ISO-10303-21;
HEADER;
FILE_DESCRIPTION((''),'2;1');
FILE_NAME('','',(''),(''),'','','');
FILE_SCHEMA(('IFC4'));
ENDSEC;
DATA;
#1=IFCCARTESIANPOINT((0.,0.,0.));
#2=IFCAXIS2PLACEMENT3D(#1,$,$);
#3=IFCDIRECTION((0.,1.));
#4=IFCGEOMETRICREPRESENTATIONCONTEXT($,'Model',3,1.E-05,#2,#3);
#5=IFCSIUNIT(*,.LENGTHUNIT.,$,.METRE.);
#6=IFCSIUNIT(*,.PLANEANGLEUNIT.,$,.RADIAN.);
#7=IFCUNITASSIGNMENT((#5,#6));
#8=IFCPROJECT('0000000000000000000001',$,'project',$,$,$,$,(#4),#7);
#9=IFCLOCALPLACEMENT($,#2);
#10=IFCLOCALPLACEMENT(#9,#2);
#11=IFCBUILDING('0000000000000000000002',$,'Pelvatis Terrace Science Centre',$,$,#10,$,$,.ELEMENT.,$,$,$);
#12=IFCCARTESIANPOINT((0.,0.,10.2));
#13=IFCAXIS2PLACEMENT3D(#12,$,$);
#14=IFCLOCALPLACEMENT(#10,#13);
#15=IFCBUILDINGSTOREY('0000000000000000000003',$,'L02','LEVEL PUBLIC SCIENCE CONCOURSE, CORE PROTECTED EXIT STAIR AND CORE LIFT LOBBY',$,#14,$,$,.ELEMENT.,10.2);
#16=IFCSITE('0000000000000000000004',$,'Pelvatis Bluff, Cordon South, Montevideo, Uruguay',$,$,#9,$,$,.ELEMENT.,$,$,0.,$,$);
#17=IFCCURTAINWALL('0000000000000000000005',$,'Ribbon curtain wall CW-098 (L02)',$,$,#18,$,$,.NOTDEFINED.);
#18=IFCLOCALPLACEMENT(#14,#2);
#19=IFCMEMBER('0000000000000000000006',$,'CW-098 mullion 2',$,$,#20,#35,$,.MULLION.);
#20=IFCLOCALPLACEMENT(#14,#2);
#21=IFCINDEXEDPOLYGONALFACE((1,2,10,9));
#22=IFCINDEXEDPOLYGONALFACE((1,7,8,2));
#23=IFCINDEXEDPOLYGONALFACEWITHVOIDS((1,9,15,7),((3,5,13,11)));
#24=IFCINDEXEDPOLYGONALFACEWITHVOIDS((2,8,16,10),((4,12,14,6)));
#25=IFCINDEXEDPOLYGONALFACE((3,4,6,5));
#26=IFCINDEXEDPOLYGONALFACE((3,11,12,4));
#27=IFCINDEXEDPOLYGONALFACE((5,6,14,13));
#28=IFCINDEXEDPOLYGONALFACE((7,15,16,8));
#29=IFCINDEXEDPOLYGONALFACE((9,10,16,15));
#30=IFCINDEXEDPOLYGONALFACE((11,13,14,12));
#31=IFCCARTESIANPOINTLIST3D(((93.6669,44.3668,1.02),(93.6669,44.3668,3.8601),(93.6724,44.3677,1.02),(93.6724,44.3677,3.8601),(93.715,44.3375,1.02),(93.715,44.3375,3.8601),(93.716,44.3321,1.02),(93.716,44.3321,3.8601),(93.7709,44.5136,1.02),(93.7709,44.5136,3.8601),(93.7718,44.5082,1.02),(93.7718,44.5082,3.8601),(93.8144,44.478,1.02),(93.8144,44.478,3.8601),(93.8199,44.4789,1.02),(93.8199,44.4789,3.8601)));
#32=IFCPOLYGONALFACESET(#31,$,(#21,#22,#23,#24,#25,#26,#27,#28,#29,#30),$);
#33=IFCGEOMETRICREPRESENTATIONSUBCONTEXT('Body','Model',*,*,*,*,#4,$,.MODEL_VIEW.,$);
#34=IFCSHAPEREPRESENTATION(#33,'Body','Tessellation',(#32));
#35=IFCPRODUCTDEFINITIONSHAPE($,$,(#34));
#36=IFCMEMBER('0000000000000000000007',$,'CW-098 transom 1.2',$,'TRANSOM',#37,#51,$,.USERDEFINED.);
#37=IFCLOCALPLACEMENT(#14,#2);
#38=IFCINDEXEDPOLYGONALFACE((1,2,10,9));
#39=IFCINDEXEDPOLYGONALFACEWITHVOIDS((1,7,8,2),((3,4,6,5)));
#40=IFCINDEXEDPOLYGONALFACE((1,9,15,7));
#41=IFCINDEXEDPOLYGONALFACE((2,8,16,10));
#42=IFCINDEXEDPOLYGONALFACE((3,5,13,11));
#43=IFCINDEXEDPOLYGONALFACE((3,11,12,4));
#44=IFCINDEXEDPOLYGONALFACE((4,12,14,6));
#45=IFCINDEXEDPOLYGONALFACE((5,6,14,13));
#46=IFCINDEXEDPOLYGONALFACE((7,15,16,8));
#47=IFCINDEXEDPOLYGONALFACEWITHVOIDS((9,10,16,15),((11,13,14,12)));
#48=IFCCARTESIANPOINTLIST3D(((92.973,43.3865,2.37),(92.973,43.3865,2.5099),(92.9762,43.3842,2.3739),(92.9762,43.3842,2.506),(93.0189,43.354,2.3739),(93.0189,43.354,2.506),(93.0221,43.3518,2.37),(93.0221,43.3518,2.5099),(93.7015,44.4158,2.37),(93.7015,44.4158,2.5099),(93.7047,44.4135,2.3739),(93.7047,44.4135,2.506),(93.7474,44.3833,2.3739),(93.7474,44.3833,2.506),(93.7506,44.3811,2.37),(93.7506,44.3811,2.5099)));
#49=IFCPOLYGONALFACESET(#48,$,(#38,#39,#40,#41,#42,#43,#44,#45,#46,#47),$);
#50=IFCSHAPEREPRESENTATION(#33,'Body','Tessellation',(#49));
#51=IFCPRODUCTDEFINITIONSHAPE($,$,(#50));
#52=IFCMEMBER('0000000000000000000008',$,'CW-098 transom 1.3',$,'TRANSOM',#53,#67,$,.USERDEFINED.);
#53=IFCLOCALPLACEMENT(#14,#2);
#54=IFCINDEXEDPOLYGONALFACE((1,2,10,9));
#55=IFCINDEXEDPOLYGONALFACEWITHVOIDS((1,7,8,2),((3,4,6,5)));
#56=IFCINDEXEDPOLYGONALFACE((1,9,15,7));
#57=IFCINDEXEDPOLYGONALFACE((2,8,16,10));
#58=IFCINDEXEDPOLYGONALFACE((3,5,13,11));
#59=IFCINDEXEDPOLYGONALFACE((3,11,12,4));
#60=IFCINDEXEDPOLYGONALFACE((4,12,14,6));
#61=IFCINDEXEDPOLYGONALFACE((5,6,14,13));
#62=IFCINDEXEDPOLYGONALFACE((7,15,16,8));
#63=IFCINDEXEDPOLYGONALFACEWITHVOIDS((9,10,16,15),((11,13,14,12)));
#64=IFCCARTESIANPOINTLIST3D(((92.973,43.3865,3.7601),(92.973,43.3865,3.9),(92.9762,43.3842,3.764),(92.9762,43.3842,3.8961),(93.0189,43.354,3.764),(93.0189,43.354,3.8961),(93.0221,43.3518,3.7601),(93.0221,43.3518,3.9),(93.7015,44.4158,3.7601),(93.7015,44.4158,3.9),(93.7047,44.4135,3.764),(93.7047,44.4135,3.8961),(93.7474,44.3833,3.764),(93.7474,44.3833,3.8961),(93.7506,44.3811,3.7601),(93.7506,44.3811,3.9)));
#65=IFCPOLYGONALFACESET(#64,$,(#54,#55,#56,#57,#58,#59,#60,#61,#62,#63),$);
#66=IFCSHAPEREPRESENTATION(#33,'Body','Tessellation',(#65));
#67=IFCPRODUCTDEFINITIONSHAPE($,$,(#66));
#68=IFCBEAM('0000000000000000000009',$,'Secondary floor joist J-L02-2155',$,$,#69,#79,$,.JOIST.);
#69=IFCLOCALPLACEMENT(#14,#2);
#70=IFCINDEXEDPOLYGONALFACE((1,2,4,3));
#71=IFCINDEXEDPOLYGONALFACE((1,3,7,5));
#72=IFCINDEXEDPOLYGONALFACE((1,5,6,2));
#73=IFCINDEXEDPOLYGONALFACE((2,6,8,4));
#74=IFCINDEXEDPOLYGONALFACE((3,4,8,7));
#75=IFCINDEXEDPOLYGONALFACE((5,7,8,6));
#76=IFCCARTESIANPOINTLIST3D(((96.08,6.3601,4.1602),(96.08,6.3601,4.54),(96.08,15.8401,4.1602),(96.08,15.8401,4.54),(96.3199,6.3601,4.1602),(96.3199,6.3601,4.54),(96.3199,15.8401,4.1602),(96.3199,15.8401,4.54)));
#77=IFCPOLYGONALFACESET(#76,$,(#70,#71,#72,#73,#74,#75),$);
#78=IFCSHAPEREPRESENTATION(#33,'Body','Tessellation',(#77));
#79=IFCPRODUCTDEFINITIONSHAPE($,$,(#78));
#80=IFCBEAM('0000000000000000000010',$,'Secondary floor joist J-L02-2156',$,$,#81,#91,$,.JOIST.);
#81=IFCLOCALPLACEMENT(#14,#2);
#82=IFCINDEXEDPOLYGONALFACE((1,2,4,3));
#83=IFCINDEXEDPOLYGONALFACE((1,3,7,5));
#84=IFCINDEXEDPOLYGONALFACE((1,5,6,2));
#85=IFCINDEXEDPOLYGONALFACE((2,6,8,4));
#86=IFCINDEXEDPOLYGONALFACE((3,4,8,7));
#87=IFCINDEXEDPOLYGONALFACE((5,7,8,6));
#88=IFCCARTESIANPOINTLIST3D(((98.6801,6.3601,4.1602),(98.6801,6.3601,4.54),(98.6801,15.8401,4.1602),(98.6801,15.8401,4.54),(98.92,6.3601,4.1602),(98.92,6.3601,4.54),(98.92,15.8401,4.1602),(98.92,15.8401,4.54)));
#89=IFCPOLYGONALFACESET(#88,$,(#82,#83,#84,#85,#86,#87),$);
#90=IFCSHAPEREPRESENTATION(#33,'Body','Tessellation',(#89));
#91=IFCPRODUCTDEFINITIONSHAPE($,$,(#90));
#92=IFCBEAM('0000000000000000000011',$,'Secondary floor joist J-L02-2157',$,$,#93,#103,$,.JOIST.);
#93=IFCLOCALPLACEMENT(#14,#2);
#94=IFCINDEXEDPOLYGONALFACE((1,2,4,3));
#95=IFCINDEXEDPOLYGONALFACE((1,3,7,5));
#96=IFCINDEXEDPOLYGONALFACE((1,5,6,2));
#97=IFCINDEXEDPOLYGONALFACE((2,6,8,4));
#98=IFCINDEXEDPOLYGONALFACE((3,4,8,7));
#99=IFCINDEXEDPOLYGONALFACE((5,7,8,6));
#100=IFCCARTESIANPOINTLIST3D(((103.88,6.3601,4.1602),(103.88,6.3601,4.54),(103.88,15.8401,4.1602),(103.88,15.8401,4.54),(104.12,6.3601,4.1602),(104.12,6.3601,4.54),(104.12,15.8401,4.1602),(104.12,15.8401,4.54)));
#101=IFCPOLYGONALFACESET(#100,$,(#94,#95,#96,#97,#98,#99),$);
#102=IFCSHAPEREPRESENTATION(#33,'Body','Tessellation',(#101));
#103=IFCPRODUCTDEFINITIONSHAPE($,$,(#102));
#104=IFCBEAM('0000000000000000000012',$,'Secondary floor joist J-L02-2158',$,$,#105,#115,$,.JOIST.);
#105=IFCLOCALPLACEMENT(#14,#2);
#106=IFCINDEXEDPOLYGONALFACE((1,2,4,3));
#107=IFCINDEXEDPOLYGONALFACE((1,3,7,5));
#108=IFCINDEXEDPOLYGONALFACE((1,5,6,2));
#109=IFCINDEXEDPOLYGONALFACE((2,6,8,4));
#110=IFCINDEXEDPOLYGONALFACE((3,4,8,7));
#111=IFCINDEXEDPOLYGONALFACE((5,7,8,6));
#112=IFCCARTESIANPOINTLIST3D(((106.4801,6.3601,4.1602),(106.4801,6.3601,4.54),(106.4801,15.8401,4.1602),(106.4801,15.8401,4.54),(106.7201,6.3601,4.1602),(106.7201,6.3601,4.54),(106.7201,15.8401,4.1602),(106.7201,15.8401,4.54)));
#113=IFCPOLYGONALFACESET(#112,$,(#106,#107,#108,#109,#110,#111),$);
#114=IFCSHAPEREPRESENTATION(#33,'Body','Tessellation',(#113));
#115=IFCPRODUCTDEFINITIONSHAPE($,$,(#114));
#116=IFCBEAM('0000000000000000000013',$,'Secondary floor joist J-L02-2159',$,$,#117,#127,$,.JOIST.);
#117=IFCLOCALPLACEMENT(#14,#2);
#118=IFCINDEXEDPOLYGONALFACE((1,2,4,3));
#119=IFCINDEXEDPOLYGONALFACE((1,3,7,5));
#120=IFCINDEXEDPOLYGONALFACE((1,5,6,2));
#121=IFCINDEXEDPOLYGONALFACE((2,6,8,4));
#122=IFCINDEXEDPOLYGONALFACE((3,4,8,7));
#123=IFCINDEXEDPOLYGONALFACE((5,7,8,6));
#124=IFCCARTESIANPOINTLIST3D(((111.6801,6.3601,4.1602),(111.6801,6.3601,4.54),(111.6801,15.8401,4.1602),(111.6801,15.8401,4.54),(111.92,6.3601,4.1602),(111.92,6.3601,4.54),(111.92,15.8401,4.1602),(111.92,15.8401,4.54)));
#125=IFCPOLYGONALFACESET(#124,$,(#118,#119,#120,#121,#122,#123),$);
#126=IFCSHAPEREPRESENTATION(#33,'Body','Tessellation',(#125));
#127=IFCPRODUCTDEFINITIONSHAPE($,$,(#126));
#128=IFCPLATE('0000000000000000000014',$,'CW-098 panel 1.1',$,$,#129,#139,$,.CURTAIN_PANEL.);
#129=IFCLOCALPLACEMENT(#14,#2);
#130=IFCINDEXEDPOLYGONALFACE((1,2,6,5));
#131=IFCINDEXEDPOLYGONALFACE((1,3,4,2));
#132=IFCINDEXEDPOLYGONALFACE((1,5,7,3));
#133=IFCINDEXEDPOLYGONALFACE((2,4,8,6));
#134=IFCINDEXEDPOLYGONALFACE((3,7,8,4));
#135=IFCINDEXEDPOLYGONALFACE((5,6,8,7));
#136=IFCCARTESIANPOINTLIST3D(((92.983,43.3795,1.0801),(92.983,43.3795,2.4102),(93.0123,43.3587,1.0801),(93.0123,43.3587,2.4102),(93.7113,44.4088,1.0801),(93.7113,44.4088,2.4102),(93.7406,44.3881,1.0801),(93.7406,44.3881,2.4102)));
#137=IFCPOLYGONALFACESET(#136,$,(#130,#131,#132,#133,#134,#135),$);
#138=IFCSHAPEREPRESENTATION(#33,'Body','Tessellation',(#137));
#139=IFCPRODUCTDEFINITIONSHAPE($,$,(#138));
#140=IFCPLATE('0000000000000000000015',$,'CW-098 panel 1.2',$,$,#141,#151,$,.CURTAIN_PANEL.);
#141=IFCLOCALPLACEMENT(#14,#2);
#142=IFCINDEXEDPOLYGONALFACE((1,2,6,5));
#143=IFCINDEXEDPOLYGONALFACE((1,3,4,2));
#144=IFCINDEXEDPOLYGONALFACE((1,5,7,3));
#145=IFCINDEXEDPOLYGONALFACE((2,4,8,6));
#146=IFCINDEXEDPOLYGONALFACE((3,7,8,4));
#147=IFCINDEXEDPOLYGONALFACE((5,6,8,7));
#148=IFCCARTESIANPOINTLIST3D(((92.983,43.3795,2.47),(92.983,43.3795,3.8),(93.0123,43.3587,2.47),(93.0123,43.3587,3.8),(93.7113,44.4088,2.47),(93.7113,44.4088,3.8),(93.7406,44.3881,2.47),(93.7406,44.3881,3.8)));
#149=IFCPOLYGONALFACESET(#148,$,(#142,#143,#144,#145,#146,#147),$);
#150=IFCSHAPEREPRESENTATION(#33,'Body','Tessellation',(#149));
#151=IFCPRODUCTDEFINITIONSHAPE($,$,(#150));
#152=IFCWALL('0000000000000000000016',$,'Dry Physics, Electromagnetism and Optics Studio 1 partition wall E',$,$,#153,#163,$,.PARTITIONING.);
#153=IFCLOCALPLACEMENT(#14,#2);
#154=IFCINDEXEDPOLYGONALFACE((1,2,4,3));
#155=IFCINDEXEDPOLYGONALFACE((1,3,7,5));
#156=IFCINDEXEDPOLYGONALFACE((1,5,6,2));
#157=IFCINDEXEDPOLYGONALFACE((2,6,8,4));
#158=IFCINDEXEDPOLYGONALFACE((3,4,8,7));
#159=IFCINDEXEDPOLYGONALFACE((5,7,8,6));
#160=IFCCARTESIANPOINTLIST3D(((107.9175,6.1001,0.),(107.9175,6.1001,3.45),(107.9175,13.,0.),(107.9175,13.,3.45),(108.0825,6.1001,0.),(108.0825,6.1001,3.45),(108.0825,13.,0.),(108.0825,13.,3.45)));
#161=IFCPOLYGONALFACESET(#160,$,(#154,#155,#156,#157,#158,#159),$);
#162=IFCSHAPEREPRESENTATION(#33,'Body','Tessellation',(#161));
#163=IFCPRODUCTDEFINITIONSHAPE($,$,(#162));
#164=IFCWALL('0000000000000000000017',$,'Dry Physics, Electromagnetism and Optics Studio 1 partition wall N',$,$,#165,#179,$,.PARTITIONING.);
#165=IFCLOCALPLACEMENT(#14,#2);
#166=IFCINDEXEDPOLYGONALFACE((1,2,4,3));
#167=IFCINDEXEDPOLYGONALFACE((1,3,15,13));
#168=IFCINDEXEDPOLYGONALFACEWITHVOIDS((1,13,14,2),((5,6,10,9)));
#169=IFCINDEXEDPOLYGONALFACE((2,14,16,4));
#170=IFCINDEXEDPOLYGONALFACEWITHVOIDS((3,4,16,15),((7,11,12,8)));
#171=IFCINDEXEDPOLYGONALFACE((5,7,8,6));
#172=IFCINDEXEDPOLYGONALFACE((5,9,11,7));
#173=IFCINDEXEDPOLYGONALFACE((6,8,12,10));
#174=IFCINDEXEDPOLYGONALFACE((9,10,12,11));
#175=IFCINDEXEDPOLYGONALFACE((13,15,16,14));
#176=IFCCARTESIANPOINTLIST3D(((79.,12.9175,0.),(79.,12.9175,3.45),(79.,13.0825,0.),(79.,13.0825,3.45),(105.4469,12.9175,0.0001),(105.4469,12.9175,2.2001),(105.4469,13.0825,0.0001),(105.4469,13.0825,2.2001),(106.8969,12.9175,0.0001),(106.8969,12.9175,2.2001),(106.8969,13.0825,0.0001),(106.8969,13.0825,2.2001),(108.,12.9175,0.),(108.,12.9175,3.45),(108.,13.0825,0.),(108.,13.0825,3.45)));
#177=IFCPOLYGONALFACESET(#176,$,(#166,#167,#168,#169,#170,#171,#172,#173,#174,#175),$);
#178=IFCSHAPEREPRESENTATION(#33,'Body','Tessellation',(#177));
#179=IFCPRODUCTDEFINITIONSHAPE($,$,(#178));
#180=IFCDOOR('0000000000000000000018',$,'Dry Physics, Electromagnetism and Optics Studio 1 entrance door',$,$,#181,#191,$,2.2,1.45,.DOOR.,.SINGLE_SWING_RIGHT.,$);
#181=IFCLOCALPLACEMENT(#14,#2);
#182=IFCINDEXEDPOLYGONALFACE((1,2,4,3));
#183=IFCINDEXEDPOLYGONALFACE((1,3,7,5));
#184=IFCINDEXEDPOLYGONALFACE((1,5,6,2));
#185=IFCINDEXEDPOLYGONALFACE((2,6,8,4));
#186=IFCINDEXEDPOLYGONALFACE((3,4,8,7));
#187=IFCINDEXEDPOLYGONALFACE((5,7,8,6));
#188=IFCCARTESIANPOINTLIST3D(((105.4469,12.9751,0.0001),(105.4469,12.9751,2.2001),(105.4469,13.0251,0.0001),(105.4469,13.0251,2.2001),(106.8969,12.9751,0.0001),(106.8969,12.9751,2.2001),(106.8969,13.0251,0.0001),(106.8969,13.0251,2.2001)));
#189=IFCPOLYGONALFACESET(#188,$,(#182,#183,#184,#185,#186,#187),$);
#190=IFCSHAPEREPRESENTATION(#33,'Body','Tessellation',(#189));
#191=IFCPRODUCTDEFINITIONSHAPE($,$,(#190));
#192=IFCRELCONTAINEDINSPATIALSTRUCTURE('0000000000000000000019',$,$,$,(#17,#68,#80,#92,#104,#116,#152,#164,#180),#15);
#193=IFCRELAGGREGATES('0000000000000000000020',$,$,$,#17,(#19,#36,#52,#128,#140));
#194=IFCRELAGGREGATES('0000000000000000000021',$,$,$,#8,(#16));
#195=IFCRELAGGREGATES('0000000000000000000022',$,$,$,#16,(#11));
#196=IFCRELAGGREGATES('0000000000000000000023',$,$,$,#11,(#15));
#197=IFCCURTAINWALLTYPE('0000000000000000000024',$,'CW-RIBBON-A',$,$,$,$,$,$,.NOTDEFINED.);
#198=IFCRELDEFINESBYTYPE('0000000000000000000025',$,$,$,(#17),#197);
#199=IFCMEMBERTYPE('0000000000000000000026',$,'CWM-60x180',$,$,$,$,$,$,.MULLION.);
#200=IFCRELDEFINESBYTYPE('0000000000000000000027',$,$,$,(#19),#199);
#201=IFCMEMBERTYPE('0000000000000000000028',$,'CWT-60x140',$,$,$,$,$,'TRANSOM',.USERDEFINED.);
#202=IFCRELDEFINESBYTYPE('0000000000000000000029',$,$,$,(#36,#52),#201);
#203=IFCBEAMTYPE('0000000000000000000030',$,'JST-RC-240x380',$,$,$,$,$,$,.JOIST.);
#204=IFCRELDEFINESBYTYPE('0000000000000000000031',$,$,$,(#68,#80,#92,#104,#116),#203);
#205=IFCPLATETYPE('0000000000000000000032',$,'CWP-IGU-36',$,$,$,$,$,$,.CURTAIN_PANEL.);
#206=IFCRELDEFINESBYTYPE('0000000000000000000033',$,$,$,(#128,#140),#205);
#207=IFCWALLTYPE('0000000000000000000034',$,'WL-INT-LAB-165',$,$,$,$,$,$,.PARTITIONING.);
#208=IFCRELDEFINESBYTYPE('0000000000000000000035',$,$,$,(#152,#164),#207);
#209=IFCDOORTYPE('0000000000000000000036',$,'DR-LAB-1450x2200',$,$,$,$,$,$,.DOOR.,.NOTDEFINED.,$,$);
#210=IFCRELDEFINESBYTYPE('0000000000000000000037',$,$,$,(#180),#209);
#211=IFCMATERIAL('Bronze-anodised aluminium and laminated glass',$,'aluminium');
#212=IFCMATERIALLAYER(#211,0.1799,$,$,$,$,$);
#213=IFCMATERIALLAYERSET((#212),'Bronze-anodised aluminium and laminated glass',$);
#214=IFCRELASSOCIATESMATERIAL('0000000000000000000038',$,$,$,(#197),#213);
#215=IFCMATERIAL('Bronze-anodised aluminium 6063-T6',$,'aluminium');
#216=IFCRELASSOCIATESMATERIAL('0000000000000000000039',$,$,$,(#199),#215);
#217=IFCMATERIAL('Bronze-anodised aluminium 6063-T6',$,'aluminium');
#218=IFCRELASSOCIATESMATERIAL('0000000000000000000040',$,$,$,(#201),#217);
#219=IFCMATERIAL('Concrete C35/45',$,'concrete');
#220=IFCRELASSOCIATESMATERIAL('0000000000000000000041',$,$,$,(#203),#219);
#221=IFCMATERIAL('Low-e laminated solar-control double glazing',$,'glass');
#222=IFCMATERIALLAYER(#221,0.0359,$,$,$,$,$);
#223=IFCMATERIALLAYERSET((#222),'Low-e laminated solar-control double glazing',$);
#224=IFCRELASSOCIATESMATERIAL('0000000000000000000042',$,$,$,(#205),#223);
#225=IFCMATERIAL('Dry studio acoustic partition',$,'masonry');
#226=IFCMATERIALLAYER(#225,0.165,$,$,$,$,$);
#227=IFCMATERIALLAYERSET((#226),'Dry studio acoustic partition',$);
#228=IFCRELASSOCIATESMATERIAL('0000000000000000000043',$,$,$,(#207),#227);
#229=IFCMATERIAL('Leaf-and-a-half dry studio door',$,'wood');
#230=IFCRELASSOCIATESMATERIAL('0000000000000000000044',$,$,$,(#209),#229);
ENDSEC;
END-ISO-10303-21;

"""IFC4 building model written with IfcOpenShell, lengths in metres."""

from ifc_helpers import new_model, si_unit, direction, frame, frame_2d, origin, origin_2d, place, context, subcontext, project, spatial, rectangle, hollow_rectangle, extrude, material, layer, layer_set, material_profile, profile_set, type_object, element, fill, aggregate, save


model = new_model("IFC4")

# Units and contexts
model_context = context("Model", 3, precision=1e-05, world=origin(), true_north=direction((0.0, 1.0)))
body_context = subcontext(model_context, "Body", "Model", "MODEL_VIEW")
ifc_project = project(units=[si_unit("LENGTHUNIT", "METRE"), si_unit("PLANEANGLEUNIT", "RADIAN")], contexts=[model_context])

# Site, building, storey
site_placement = place(None, origin())
site = spatial("IfcSite", under=ifc_project, at=site_placement, Name="Pelvatis Bluff, Cordon South, Montevideo, Uruguay", CompositionType="ELEMENT", RefElevation=0.0)
building_placement = place(site_placement, origin())
building = spatial("IfcBuilding", under=site, at=building_placement, Name="Pelvatis Terrace Science Centre", CompositionType="ELEMENT")
storey_placement = place(building_placement, frame((0.0, 0.0, 10.2)))
storey = spatial("IfcBuildingStorey", under=building, at=storey_placement, Name="L02", Description="LEVEL PUBLIC SCIENCE CONCOURSE, CORE PROTECTED EXIT STAIR AND CORE LIFT LOBBY", CompositionType="ELEMENT", Elevation=10.2)

# Curtain wall, members
ifc_material_1 = material(Name="Bronze-anodised aluminium and laminated glass", Category="aluminium")
ifc_layer_1 = layer(ifc_material_1, 0.1799)
ifc_layer_set_1 = layer_set([ifc_layer_1], Name="Bronze-anodised aluminium and laminated glass")
curtain_wall_type = type_object("IfcCurtainWallType", Name="CW-RIBBON-A", PredefinedType="NOTDEFINED", material=ifc_layer_set_1)
curtain_wall_placement = place(storey_placement, origin())
curtain_wall = element("IfcCurtainWall", 1, at=curtain_wall_placement, inside=storey, type_object=curtain_wall_type, Name="Ribbon curtain wall CW-098 (L02)", PredefinedType="NOTDEFINED")
ifc_material_2 = material(Name="Bronze-anodised aluminium 6063-T6", Category="aluminium")
ifc_material_profile_1 = material_profile(ifc_material_2, hollow_rectangle(XDim=0.0601, YDim=0.1799, WallThickness=0.0039, at=origin_2d()), Name="ALU-MUL 60x180")
ifc_profile_set_1 = profile_set([ifc_material_profile_1], Name="Bronze-anodised aluminium 6063-T6")
member_type_1 = type_object("IfcMemberType", Name="CWM-60x180", PredefinedType="MULLION", material=ifc_profile_set_1)
member_1_placement = place(storey_placement, frame((93.7434, 44.4229, 1.02), z_axis=(0.0, 0.0, 1.0), x_axis=(-0.816326, 0.577591, 0.0)))
member_1 = element("IfcMember", 2, at=member_1_placement, type_object=member_type_1, Name="CW-098 mullion 2", PredefinedType="MULLION", context=body_context, shape_type="SweptSolid", body=[
    extrude(hollow_rectangle(XDim=0.0601, YDim=0.1799, WallThickness=0.0039, at=origin_2d()), origin(), (0.0, 0.0, 1.0), 2.8401),
])
ifc_material_3 = material(Name="Bronze-anodised aluminium 6063-T6", Category="aluminium")
ifc_material_profile_2 = material_profile(ifc_material_3, hollow_rectangle(XDim=0.0601, YDim=0.1399, WallThickness=0.0039, at=origin_2d()), Name="ALU-TRN 60x140")
ifc_profile_set_2 = profile_set([ifc_material_profile_2], Name="Bronze-anodised aluminium 6063-T6")
member_type_2 = type_object("IfcMemberType", Name="CWT-60x140", ElementType="TRANSOM", PredefinedType="USERDEFINED", material=ifc_profile_set_2)
member_2_placement = place(storey_placement, frame((92.9976, 43.3691, 2.4399), z_axis=(0.577716, 0.816238, 0.0), x_axis=(-0.816238, 0.577716, 0.0)))
member_2 = element("IfcMember", 3, at=member_2_placement, type_object=member_type_2, Name="CW-098 transom 1.2", ObjectType="TRANSOM", PredefinedType="USERDEFINED", context=body_context, shape_type="SweptSolid", body=[
    extrude(hollow_rectangle(XDim=0.0601, YDim=0.1399, WallThickness=0.0039, at=origin_2d()), origin(), (0.0, 0.0, 1.0), 1.261),
])
member_3_placement = place(storey_placement, frame((92.9976, 43.3691, 3.8301), z_axis=(0.577716, 0.816238, 0.0), x_axis=(-0.816238, 0.577716, 0.0)))
member_3 = element("IfcMember", 4, at=member_3_placement, type_object=member_type_2, Name="CW-098 transom 1.3", ObjectType="TRANSOM", PredefinedType="USERDEFINED", context=body_context, shape_type="SweptSolid", body=[
    extrude(hollow_rectangle(XDim=0.0601, YDim=0.1399, WallThickness=0.0039, at=origin_2d()), origin(), (0.0, 0.0, 1.0), 1.261),
])

# Beams
ifc_material_4 = material(Name="Concrete C35/45", Category="concrete")
ifc_material_profile_3 = material_profile(ifc_material_4, rectangle(XDim=0.24, YDim=0.3799, at=origin_2d()), Name="RC-JST 240x380")
ifc_profile_set_3 = profile_set([ifc_material_profile_3], Name="Concrete C35/45")
beam_type_1 = type_object("IfcBeamType", Name="JST-RC-240x380", PredefinedType="JOIST", material=ifc_profile_set_3)
for number, where, z_axis, x_axis, name in (
    (5, (96.2, 6.3601, 4.3501), (0.0, 1.0, 0.0), (-1.0, 0.0, 0.0), "Secondary floor joist J-L02-2155"),
    (6, (98.8, 6.3601, 4.3501), (0.0, 1.0, 0.0), (-1.0, 0.0, 0.0), "Secondary floor joist J-L02-2156"),
    (7, (104.0, 6.3601, 4.3501), (0.0, 1.0, 0.0), (-1.0, 0.0, 0.0), "Secondary floor joist J-L02-2157"),
    (8, (106.6001, 6.3601, 4.3501), (0.0, 1.0, 0.0), (-1.0, 0.0, 0.0), "Secondary floor joist J-L02-2158"),
    (9, (111.8, 6.3601, 4.3501), (0.0, 1.0, 0.0), (-1.0, 0.0, 0.0), "Secondary floor joist J-L02-2159"),
):
    element("IfcBeam", number, at=place(storey_placement, frame(where, z_axis=z_axis, x_axis=x_axis)), inside=storey, type_object=beam_type_1, Name=name, PredefinedType="JOIST", context=body_context, shape_type="SweptSolid", body=[
        extrude(rectangle(XDim=0.24, YDim=0.3799, at=origin_2d()), origin(), (0.0, 0.0, 1.0), 9.48),
    ])

# Plates
ifc_material_5 = material(Name="Low-e laminated solar-control double glazing", Category="glass")
ifc_layer_2 = layer(ifc_material_5, 0.0359)
ifc_layer_set_2 = layer_set([ifc_layer_2], Name="Low-e laminated solar-control double glazing")
plate_type = type_object("IfcPlateType", Name="CWP-IGU-36", PredefinedType="CURTAIN_PANEL", material=ifc_layer_set_2)
plate_1_placement = place(storey_placement, frame((93.3618, 43.8838, 1.0801), z_axis=(0.0, 0.0, 1.0), x_axis=(0.577591, 0.816326, 0.0)))
plate_1 = element("IfcPlate", 10, at=plate_1_placement, type_object=plate_type, Name="CW-098 panel 1.1", PredefinedType="CURTAIN_PANEL", context=body_context, shape_type="SweptSolid", body=[
    extrude(rectangle(XDim=1.261, YDim=0.0359, at=origin_2d()), origin(), (0.0, 0.0, 1.0), 1.3301),
])
plate_2_placement = place(storey_placement, frame((93.3618, 43.8838, 2.47), z_axis=(0.0, 0.0, 1.0), x_axis=(0.577591, 0.816326, 0.0)))
plate_2 = element("IfcPlate", 11, at=plate_2_placement, type_object=plate_type, Name="CW-098 panel 1.2", PredefinedType="CURTAIN_PANEL", context=body_context, shape_type="SweptSolid", body=[
    extrude(rectangle(XDim=1.261, YDim=0.0359, at=origin_2d()), origin(), (0.0, 0.0, 1.0), 1.3301),
])
aggregate(curtain_wall, [member_1, member_2, member_3, plate_1, plate_2])

# Wall
ifc_material_6 = material(Name="Dry studio acoustic partition", Category="masonry")
ifc_layer_3 = layer(ifc_material_6, 0.165)
ifc_layer_set_3 = layer_set([ifc_layer_3], Name="Dry studio acoustic partition")
wall_type_1 = type_object("IfcWallType", Name="WL-INT-LAB-165", PredefinedType="PARTITIONING", material=ifc_layer_set_3)
wall_1_placement = place(storey_placement, frame((108.0, 6.1001, 0.0), z_axis=(0.0, 0.0, 1.0), x_axis=(0.0, 1.0, 0.0)))
element("IfcWall", 12, at=wall_1_placement, inside=storey, type_object=wall_type_1, Name="Dry Physics, Electromagnetism and Optics Studio 1 partition wall E", PredefinedType="PARTITIONING", context=body_context, shape_type="SweptSolid", body=[
    extrude(rectangle(XDim=6.8999, YDim=0.165, at=frame_2d((3.45, 0.0))), origin(), (0.0, 0.0, 1.0), 3.45),
])

# Wall, opening, door
wall_2_placement = place(storey_placement, frame((108.0, 13.0, 0.0), z_axis=(0.0, 0.0, 1.0), x_axis=(-1.0, 0.0, 0.0)))
wall_2 = element("IfcWall", 13, at=wall_2_placement, inside=storey, type_object=wall_type_1, Name="Dry Physics, Electromagnetism and Optics Studio 1 partition wall N", PredefinedType="PARTITIONING", context=body_context, shape_type="SweptSolid", body=[
    extrude(rectangle(XDim=29.0, YDim=0.165, at=frame_2d((14.5, 0.0))), origin(), (0.0, 0.0, 1.0), 3.45),
])
opening_placement = place(wall_2_placement, frame((1.103, 0.0, 0.0)))
opening = element("IfcOpeningElement", 14, at=opening_placement, cuts=wall_2, PredefinedType="OPENING", context=body_context, shape_type="SweptSolid", body=[
    extrude(rectangle(XDim=1.45, YDim=2.2, at=frame_2d((0.7251, 1.1001))), frame((0.0, 0.0925, 0.0), z_axis=(0.0, -1.0, 0.0), x_axis=(1.0, 0.0, 0.0)), (0.0, 0.0, 1.0), 0.1851),
])
ifc_material_7 = material(Name="Leaf-and-a-half dry studio door", Category="wood")
door_type = type_object("IfcDoorType", Name="DR-LAB-1450x2200", OperationType="NOTDEFINED", PredefinedType="DOOR", material=ifc_material_7)
door_placement = place(opening_placement, origin())
door = element("IfcDoor", 15, at=door_placement, inside=storey, type_object=door_type, Name="Dry Physics, Electromagnetism and Optics Studio 1 entrance door", OperationType="SINGLE_SWING_RIGHT", OverallHeight=2.2, OverallWidth=1.45, PredefinedType="DOOR", context=body_context, shape_type="SweptSolid", body=[
    extrude(rectangle(XDim=1.45, YDim=2.2, at=frame_2d((0.7251, 1.1001))), frame((0.0, 0.0249, 0.0), z_axis=(0.0, -1.0, 0.0), x_axis=(1.0, 0.0, 0.0)), (0.0, 0.0, 1.0), 0.05),
])
fill(opening, door)

save(model, "model.ifc")
